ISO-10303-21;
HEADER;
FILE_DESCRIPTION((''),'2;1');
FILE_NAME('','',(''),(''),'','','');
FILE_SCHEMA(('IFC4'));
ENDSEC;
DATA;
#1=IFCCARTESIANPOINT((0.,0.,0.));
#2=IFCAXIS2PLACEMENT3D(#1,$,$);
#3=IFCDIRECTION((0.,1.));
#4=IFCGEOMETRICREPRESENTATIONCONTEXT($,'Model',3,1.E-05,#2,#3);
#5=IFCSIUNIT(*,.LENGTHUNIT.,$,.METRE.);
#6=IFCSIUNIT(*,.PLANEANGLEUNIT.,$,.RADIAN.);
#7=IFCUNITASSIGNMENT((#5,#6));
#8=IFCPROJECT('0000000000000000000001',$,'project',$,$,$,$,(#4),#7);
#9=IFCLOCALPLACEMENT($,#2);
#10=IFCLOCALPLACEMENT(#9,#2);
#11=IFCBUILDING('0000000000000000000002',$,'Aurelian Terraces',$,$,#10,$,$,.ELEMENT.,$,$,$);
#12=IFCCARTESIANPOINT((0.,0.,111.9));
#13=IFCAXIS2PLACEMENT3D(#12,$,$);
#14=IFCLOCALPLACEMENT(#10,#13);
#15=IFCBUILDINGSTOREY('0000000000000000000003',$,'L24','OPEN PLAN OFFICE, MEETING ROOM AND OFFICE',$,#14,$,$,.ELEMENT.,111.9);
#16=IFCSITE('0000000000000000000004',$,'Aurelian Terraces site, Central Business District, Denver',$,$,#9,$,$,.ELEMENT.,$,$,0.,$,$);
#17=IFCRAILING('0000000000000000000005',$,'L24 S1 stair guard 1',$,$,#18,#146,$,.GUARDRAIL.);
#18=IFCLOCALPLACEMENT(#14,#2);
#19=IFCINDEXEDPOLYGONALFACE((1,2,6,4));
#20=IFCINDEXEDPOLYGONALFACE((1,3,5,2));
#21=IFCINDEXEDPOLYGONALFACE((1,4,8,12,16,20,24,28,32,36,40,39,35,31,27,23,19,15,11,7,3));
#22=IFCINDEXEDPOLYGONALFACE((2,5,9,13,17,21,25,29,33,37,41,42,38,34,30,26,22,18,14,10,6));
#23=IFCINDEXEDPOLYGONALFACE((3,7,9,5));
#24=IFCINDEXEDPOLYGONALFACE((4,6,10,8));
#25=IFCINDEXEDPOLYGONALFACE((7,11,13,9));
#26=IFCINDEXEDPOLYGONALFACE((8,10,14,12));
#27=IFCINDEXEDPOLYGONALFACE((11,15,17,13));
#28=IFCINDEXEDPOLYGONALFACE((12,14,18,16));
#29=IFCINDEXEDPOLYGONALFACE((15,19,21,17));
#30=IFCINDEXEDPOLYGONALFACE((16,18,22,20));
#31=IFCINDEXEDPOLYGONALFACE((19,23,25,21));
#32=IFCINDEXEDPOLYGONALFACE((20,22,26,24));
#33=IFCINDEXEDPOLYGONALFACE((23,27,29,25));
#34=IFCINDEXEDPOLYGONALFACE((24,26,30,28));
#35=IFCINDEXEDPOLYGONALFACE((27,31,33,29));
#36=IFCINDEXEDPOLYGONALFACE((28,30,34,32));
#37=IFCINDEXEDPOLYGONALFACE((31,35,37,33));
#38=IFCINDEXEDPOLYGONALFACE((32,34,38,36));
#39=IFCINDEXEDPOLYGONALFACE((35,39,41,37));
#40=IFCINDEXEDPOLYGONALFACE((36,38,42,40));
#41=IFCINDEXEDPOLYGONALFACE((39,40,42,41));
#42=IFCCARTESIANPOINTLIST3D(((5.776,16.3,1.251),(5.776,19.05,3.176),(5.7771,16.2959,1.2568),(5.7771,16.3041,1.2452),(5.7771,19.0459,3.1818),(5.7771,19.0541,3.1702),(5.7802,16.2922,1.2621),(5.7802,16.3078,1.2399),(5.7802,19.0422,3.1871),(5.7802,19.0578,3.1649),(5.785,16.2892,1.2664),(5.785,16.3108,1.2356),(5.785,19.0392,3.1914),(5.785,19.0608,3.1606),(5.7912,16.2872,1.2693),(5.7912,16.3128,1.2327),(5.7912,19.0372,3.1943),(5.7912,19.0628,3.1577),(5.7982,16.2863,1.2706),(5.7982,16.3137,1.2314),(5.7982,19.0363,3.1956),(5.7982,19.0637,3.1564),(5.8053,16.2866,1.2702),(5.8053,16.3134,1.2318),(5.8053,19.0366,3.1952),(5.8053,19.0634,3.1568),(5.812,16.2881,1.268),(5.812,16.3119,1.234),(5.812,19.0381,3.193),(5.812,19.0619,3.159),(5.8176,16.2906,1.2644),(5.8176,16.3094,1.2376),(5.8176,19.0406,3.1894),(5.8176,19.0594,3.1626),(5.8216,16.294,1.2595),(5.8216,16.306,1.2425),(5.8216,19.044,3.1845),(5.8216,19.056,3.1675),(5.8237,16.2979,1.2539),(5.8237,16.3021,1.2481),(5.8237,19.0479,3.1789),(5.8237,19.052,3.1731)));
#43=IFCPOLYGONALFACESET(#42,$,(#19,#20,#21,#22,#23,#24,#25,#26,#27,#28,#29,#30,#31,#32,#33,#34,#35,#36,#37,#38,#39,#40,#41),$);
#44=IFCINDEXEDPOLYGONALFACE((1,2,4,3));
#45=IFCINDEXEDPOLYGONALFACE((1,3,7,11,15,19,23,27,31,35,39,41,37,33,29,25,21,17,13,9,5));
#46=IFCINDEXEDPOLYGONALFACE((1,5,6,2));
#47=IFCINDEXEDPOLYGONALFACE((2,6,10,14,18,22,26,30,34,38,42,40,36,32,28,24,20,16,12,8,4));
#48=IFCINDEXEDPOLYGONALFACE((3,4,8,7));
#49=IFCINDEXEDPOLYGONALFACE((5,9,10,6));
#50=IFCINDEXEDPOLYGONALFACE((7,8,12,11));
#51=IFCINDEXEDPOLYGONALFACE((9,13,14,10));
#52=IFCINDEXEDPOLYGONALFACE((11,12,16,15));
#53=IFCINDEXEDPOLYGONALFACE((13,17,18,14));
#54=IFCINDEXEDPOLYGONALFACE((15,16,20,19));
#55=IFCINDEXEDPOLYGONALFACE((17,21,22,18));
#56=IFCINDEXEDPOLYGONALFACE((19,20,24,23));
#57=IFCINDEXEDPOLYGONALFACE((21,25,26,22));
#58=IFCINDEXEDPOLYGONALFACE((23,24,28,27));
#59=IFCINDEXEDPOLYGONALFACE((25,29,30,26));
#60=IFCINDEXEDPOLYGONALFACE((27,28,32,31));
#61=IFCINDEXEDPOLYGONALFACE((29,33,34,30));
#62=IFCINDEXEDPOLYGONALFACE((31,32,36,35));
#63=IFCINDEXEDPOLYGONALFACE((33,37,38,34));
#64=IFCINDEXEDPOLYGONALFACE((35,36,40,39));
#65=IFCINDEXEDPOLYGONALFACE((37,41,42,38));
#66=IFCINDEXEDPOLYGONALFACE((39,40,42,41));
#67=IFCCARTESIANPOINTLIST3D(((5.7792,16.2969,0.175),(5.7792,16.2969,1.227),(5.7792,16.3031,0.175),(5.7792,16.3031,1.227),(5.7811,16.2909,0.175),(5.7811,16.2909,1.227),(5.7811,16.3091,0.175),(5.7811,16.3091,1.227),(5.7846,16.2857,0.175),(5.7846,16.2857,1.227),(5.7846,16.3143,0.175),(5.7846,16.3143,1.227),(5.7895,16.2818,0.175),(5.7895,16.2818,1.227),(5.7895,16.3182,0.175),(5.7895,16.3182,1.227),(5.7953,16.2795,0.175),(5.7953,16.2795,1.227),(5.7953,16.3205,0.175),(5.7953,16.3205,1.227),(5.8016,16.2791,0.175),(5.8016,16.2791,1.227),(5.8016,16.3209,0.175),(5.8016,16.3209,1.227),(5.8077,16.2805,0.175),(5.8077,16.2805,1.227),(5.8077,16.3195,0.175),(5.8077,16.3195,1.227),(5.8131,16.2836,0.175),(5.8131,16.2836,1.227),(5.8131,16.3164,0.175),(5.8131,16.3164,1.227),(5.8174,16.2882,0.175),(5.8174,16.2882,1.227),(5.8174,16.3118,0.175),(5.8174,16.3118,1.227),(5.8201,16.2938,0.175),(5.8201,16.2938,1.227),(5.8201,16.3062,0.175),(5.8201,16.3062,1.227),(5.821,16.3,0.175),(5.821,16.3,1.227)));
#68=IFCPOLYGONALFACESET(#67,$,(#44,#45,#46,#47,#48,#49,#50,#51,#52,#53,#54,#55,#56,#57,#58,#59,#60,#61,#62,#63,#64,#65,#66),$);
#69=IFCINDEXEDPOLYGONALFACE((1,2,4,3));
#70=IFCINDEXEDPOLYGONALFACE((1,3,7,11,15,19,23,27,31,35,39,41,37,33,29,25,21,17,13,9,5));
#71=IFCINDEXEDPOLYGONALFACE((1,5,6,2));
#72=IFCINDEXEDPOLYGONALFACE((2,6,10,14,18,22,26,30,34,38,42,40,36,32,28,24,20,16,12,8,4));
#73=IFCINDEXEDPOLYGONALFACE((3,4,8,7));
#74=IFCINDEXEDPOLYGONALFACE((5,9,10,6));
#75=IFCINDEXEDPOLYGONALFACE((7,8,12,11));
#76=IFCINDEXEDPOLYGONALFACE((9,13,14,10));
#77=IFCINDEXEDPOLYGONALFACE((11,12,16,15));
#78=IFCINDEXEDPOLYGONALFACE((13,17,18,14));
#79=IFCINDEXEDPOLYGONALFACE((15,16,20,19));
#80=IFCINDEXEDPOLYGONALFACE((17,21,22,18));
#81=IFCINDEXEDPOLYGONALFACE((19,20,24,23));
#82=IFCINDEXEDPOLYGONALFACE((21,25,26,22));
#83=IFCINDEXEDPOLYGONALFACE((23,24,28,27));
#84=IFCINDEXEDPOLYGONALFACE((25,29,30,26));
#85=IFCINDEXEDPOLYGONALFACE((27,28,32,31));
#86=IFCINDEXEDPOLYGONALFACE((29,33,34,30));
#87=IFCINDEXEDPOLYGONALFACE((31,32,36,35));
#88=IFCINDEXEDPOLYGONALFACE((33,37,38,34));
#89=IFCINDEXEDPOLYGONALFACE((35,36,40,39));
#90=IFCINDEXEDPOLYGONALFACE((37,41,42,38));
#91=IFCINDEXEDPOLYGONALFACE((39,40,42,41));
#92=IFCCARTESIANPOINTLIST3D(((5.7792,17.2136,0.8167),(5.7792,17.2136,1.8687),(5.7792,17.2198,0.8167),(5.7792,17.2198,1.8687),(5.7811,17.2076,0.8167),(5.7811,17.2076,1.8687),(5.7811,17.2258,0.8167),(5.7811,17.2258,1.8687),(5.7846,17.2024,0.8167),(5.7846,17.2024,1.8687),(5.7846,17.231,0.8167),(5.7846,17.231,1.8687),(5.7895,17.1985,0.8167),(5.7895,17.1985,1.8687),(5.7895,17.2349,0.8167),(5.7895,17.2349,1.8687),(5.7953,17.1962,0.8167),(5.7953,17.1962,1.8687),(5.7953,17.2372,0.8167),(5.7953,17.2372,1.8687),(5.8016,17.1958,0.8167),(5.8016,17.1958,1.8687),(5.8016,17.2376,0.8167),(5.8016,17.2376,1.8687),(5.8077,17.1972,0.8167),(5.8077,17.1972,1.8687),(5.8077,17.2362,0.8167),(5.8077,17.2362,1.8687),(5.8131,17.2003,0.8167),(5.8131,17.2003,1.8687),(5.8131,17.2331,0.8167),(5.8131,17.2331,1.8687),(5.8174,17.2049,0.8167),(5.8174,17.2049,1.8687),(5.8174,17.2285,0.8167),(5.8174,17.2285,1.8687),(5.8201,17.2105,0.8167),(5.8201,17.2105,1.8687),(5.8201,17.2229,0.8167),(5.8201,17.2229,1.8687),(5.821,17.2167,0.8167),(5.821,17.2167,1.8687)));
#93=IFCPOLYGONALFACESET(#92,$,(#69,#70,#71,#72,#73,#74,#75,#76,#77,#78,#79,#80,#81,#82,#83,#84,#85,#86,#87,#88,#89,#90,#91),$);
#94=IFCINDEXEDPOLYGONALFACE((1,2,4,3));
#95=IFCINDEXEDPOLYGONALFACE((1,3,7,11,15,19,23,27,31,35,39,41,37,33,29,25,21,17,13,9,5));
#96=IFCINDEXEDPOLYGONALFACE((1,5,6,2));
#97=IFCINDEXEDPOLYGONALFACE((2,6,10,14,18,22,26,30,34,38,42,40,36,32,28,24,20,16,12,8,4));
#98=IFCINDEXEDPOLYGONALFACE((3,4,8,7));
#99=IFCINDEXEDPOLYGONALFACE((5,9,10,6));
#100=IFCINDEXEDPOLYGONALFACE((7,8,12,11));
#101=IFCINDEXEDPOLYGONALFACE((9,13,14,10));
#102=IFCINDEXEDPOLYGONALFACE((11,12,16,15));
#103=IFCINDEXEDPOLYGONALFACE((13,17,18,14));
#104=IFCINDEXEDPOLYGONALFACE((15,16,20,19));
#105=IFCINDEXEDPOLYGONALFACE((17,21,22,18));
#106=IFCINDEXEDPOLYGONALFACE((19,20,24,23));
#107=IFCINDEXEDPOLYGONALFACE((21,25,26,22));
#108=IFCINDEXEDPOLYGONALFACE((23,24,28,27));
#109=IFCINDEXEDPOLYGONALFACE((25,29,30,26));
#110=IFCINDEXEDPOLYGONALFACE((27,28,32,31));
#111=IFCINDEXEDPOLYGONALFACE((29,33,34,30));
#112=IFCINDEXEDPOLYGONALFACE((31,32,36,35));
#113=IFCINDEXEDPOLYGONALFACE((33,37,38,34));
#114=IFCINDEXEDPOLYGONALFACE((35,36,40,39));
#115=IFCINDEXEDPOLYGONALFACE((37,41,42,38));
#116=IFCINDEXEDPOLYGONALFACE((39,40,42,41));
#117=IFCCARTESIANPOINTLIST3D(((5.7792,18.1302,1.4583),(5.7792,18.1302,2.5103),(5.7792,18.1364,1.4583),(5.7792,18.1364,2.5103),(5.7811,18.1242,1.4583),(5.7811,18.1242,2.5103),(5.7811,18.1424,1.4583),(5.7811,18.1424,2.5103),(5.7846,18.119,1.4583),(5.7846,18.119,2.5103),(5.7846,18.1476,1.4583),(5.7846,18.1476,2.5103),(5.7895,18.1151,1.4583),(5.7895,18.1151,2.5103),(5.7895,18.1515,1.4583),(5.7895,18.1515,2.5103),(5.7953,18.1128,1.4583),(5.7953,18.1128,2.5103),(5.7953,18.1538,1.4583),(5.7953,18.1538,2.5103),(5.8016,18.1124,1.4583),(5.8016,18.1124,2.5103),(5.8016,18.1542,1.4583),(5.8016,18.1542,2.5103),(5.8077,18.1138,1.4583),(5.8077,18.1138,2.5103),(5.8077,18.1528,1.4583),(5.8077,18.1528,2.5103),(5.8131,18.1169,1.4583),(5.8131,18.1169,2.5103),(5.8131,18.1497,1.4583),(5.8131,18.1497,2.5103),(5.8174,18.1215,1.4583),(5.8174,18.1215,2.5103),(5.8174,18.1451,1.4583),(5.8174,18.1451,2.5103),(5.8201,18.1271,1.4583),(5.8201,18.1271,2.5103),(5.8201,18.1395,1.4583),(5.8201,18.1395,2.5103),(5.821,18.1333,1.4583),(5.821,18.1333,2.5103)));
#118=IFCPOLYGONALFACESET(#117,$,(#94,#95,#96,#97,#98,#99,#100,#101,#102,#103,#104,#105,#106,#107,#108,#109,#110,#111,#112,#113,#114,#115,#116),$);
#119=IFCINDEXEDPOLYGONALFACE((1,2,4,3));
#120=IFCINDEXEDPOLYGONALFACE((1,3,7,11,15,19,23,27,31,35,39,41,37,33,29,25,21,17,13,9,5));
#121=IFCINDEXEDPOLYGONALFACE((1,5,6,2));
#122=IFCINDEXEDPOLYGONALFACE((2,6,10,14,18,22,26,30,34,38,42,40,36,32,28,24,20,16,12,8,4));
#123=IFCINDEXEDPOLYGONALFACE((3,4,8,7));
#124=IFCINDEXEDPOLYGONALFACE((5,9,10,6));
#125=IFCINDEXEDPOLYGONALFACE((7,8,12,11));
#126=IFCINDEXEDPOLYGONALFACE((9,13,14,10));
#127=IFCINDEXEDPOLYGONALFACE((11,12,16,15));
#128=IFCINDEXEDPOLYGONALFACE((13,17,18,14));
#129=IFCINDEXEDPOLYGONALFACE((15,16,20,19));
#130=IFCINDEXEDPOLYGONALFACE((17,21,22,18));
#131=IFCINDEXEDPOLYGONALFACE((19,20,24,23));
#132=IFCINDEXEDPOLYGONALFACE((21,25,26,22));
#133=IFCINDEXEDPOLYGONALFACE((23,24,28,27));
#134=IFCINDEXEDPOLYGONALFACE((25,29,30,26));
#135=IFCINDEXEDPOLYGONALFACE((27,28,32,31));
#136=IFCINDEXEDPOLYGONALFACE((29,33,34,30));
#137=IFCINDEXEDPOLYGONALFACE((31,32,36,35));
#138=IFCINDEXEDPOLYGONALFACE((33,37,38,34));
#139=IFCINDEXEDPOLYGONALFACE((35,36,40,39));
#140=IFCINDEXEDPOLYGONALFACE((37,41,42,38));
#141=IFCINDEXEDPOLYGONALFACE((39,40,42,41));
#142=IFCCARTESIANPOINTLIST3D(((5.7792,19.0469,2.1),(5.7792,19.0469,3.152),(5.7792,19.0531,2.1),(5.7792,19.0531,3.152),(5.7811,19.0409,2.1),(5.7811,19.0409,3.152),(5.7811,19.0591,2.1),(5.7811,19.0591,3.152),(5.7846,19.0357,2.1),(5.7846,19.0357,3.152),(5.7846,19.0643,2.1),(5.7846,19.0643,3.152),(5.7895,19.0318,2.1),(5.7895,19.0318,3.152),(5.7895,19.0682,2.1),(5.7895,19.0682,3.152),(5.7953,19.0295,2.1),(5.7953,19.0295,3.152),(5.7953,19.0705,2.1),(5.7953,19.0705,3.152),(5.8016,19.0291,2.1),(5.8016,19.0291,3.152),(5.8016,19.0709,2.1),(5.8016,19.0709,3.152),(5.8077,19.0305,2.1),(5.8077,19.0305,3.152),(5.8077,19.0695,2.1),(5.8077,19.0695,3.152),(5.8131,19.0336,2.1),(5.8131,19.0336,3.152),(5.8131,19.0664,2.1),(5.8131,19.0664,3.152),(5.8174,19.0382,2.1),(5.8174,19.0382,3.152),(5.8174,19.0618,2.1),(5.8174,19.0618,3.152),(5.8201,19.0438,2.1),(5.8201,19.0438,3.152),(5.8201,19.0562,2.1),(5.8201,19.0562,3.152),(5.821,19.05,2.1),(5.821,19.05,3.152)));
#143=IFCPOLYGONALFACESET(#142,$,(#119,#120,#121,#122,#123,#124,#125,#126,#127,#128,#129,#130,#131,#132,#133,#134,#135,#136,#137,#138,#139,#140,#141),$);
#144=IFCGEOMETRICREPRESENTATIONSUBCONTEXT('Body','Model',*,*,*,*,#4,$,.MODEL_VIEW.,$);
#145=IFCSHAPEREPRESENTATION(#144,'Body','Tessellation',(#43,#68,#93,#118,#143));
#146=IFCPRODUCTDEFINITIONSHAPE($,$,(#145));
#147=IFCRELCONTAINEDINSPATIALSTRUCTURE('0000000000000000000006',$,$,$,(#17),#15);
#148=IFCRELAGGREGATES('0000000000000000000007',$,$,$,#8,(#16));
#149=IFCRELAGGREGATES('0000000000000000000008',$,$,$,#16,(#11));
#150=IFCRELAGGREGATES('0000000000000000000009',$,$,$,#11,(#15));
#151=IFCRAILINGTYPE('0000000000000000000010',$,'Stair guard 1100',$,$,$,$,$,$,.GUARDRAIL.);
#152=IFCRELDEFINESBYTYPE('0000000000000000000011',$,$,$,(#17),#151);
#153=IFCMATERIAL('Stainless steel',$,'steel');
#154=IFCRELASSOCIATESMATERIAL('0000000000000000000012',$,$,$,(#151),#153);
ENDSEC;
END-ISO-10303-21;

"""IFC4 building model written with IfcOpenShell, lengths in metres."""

from ifc_helpers import new_model, si_unit, direction, frame, origin, origin_2d, place, context, subcontext, project, spatial, circle, extrude, source, transform, mapped, material, type_object, element, save


model = new_model("IFC4")

# Units and contexts
model_context = context("Model", 3, precision=1e-05, world=origin(), true_north=direction((0.0, 1.0)))
body_context = subcontext(model_context, "Body", "Model", "MODEL_VIEW")
ifc_project = project(units=[si_unit("LENGTHUNIT", "METRE"), si_unit("PLANEANGLEUNIT", "RADIAN")], contexts=[model_context])

# Site, building, storey
site_placement = place(None, origin())
site = spatial("IfcSite", under=ifc_project, at=site_placement, Name="Aurelian Terraces site, Central Business District, Denver", CompositionType="ELEMENT", RefElevation=0.0)
building_placement = place(site_placement, origin())
building = spatial("IfcBuilding", under=site, at=building_placement, Name="Aurelian Terraces", CompositionType="ELEMENT")
storey_placement = place(building_placement, frame((0.0, 0.0, 111.9)))
storey = spatial("IfcBuildingStorey", under=building, at=storey_placement, Name="L24", Description="OPEN PLAN OFFICE, MEETING ROOM AND OFFICE", CompositionType="ELEMENT", Elevation=111.9)

# Shared definitions
ifc_material_1 = material(Name="Stainless steel", Category="steel")

# Railing
railing_type_1 = type_object("IfcRailingType", Name="Stair guard 1100", PredefinedType="GUARDRAIL", material=ifc_material_1)
shared_shape_1 = source(origin(), body_context, "Body", "SweptSolid", [
    extrude(circle(Radius=0.024, at=origin_2d()), frame((0.0, 0.0, 1.076), z_axis=(0.0, 0.819232, 0.573462), x_axis=(-1.0, 0.0, 0.0)), (0.0, 0.0, 1.0), 3.3568),
    extrude(circle(Radius=0.021, at=origin_2d()), origin(), (0.0, 0.0, 1.0), 1.052),
    extrude(circle(Radius=0.021, at=origin_2d()), frame((0.0, 0.9167, 0.6417)), (0.0, 0.0, 1.0), 1.052),
    extrude(circle(Radius=0.021, at=origin_2d()), frame((0.0, 1.8333, 1.2833)), (0.0, 0.0, 1.0), 1.052),
    extrude(circle(Radius=0.021, at=origin_2d()), frame((0.0, 2.75, 1.925)), (0.0, 0.0, 1.0), 1.052),
])
railing_1_placement = place(storey_placement, frame((5.8, 16.3, 0.175)))
element("IfcRailing", 1, at=railing_1_placement, inside=storey, type_object=railing_type_1, Name="L24 S1 stair guard 1", PredefinedType="GUARDRAIL", context=body_context, shape_type="MappedRepresentation", body=[
    mapped(shared_shape_1, transform((0.0, 0.0, 0.0), scale=1.0)),
])

save(model, "model.ifc")
